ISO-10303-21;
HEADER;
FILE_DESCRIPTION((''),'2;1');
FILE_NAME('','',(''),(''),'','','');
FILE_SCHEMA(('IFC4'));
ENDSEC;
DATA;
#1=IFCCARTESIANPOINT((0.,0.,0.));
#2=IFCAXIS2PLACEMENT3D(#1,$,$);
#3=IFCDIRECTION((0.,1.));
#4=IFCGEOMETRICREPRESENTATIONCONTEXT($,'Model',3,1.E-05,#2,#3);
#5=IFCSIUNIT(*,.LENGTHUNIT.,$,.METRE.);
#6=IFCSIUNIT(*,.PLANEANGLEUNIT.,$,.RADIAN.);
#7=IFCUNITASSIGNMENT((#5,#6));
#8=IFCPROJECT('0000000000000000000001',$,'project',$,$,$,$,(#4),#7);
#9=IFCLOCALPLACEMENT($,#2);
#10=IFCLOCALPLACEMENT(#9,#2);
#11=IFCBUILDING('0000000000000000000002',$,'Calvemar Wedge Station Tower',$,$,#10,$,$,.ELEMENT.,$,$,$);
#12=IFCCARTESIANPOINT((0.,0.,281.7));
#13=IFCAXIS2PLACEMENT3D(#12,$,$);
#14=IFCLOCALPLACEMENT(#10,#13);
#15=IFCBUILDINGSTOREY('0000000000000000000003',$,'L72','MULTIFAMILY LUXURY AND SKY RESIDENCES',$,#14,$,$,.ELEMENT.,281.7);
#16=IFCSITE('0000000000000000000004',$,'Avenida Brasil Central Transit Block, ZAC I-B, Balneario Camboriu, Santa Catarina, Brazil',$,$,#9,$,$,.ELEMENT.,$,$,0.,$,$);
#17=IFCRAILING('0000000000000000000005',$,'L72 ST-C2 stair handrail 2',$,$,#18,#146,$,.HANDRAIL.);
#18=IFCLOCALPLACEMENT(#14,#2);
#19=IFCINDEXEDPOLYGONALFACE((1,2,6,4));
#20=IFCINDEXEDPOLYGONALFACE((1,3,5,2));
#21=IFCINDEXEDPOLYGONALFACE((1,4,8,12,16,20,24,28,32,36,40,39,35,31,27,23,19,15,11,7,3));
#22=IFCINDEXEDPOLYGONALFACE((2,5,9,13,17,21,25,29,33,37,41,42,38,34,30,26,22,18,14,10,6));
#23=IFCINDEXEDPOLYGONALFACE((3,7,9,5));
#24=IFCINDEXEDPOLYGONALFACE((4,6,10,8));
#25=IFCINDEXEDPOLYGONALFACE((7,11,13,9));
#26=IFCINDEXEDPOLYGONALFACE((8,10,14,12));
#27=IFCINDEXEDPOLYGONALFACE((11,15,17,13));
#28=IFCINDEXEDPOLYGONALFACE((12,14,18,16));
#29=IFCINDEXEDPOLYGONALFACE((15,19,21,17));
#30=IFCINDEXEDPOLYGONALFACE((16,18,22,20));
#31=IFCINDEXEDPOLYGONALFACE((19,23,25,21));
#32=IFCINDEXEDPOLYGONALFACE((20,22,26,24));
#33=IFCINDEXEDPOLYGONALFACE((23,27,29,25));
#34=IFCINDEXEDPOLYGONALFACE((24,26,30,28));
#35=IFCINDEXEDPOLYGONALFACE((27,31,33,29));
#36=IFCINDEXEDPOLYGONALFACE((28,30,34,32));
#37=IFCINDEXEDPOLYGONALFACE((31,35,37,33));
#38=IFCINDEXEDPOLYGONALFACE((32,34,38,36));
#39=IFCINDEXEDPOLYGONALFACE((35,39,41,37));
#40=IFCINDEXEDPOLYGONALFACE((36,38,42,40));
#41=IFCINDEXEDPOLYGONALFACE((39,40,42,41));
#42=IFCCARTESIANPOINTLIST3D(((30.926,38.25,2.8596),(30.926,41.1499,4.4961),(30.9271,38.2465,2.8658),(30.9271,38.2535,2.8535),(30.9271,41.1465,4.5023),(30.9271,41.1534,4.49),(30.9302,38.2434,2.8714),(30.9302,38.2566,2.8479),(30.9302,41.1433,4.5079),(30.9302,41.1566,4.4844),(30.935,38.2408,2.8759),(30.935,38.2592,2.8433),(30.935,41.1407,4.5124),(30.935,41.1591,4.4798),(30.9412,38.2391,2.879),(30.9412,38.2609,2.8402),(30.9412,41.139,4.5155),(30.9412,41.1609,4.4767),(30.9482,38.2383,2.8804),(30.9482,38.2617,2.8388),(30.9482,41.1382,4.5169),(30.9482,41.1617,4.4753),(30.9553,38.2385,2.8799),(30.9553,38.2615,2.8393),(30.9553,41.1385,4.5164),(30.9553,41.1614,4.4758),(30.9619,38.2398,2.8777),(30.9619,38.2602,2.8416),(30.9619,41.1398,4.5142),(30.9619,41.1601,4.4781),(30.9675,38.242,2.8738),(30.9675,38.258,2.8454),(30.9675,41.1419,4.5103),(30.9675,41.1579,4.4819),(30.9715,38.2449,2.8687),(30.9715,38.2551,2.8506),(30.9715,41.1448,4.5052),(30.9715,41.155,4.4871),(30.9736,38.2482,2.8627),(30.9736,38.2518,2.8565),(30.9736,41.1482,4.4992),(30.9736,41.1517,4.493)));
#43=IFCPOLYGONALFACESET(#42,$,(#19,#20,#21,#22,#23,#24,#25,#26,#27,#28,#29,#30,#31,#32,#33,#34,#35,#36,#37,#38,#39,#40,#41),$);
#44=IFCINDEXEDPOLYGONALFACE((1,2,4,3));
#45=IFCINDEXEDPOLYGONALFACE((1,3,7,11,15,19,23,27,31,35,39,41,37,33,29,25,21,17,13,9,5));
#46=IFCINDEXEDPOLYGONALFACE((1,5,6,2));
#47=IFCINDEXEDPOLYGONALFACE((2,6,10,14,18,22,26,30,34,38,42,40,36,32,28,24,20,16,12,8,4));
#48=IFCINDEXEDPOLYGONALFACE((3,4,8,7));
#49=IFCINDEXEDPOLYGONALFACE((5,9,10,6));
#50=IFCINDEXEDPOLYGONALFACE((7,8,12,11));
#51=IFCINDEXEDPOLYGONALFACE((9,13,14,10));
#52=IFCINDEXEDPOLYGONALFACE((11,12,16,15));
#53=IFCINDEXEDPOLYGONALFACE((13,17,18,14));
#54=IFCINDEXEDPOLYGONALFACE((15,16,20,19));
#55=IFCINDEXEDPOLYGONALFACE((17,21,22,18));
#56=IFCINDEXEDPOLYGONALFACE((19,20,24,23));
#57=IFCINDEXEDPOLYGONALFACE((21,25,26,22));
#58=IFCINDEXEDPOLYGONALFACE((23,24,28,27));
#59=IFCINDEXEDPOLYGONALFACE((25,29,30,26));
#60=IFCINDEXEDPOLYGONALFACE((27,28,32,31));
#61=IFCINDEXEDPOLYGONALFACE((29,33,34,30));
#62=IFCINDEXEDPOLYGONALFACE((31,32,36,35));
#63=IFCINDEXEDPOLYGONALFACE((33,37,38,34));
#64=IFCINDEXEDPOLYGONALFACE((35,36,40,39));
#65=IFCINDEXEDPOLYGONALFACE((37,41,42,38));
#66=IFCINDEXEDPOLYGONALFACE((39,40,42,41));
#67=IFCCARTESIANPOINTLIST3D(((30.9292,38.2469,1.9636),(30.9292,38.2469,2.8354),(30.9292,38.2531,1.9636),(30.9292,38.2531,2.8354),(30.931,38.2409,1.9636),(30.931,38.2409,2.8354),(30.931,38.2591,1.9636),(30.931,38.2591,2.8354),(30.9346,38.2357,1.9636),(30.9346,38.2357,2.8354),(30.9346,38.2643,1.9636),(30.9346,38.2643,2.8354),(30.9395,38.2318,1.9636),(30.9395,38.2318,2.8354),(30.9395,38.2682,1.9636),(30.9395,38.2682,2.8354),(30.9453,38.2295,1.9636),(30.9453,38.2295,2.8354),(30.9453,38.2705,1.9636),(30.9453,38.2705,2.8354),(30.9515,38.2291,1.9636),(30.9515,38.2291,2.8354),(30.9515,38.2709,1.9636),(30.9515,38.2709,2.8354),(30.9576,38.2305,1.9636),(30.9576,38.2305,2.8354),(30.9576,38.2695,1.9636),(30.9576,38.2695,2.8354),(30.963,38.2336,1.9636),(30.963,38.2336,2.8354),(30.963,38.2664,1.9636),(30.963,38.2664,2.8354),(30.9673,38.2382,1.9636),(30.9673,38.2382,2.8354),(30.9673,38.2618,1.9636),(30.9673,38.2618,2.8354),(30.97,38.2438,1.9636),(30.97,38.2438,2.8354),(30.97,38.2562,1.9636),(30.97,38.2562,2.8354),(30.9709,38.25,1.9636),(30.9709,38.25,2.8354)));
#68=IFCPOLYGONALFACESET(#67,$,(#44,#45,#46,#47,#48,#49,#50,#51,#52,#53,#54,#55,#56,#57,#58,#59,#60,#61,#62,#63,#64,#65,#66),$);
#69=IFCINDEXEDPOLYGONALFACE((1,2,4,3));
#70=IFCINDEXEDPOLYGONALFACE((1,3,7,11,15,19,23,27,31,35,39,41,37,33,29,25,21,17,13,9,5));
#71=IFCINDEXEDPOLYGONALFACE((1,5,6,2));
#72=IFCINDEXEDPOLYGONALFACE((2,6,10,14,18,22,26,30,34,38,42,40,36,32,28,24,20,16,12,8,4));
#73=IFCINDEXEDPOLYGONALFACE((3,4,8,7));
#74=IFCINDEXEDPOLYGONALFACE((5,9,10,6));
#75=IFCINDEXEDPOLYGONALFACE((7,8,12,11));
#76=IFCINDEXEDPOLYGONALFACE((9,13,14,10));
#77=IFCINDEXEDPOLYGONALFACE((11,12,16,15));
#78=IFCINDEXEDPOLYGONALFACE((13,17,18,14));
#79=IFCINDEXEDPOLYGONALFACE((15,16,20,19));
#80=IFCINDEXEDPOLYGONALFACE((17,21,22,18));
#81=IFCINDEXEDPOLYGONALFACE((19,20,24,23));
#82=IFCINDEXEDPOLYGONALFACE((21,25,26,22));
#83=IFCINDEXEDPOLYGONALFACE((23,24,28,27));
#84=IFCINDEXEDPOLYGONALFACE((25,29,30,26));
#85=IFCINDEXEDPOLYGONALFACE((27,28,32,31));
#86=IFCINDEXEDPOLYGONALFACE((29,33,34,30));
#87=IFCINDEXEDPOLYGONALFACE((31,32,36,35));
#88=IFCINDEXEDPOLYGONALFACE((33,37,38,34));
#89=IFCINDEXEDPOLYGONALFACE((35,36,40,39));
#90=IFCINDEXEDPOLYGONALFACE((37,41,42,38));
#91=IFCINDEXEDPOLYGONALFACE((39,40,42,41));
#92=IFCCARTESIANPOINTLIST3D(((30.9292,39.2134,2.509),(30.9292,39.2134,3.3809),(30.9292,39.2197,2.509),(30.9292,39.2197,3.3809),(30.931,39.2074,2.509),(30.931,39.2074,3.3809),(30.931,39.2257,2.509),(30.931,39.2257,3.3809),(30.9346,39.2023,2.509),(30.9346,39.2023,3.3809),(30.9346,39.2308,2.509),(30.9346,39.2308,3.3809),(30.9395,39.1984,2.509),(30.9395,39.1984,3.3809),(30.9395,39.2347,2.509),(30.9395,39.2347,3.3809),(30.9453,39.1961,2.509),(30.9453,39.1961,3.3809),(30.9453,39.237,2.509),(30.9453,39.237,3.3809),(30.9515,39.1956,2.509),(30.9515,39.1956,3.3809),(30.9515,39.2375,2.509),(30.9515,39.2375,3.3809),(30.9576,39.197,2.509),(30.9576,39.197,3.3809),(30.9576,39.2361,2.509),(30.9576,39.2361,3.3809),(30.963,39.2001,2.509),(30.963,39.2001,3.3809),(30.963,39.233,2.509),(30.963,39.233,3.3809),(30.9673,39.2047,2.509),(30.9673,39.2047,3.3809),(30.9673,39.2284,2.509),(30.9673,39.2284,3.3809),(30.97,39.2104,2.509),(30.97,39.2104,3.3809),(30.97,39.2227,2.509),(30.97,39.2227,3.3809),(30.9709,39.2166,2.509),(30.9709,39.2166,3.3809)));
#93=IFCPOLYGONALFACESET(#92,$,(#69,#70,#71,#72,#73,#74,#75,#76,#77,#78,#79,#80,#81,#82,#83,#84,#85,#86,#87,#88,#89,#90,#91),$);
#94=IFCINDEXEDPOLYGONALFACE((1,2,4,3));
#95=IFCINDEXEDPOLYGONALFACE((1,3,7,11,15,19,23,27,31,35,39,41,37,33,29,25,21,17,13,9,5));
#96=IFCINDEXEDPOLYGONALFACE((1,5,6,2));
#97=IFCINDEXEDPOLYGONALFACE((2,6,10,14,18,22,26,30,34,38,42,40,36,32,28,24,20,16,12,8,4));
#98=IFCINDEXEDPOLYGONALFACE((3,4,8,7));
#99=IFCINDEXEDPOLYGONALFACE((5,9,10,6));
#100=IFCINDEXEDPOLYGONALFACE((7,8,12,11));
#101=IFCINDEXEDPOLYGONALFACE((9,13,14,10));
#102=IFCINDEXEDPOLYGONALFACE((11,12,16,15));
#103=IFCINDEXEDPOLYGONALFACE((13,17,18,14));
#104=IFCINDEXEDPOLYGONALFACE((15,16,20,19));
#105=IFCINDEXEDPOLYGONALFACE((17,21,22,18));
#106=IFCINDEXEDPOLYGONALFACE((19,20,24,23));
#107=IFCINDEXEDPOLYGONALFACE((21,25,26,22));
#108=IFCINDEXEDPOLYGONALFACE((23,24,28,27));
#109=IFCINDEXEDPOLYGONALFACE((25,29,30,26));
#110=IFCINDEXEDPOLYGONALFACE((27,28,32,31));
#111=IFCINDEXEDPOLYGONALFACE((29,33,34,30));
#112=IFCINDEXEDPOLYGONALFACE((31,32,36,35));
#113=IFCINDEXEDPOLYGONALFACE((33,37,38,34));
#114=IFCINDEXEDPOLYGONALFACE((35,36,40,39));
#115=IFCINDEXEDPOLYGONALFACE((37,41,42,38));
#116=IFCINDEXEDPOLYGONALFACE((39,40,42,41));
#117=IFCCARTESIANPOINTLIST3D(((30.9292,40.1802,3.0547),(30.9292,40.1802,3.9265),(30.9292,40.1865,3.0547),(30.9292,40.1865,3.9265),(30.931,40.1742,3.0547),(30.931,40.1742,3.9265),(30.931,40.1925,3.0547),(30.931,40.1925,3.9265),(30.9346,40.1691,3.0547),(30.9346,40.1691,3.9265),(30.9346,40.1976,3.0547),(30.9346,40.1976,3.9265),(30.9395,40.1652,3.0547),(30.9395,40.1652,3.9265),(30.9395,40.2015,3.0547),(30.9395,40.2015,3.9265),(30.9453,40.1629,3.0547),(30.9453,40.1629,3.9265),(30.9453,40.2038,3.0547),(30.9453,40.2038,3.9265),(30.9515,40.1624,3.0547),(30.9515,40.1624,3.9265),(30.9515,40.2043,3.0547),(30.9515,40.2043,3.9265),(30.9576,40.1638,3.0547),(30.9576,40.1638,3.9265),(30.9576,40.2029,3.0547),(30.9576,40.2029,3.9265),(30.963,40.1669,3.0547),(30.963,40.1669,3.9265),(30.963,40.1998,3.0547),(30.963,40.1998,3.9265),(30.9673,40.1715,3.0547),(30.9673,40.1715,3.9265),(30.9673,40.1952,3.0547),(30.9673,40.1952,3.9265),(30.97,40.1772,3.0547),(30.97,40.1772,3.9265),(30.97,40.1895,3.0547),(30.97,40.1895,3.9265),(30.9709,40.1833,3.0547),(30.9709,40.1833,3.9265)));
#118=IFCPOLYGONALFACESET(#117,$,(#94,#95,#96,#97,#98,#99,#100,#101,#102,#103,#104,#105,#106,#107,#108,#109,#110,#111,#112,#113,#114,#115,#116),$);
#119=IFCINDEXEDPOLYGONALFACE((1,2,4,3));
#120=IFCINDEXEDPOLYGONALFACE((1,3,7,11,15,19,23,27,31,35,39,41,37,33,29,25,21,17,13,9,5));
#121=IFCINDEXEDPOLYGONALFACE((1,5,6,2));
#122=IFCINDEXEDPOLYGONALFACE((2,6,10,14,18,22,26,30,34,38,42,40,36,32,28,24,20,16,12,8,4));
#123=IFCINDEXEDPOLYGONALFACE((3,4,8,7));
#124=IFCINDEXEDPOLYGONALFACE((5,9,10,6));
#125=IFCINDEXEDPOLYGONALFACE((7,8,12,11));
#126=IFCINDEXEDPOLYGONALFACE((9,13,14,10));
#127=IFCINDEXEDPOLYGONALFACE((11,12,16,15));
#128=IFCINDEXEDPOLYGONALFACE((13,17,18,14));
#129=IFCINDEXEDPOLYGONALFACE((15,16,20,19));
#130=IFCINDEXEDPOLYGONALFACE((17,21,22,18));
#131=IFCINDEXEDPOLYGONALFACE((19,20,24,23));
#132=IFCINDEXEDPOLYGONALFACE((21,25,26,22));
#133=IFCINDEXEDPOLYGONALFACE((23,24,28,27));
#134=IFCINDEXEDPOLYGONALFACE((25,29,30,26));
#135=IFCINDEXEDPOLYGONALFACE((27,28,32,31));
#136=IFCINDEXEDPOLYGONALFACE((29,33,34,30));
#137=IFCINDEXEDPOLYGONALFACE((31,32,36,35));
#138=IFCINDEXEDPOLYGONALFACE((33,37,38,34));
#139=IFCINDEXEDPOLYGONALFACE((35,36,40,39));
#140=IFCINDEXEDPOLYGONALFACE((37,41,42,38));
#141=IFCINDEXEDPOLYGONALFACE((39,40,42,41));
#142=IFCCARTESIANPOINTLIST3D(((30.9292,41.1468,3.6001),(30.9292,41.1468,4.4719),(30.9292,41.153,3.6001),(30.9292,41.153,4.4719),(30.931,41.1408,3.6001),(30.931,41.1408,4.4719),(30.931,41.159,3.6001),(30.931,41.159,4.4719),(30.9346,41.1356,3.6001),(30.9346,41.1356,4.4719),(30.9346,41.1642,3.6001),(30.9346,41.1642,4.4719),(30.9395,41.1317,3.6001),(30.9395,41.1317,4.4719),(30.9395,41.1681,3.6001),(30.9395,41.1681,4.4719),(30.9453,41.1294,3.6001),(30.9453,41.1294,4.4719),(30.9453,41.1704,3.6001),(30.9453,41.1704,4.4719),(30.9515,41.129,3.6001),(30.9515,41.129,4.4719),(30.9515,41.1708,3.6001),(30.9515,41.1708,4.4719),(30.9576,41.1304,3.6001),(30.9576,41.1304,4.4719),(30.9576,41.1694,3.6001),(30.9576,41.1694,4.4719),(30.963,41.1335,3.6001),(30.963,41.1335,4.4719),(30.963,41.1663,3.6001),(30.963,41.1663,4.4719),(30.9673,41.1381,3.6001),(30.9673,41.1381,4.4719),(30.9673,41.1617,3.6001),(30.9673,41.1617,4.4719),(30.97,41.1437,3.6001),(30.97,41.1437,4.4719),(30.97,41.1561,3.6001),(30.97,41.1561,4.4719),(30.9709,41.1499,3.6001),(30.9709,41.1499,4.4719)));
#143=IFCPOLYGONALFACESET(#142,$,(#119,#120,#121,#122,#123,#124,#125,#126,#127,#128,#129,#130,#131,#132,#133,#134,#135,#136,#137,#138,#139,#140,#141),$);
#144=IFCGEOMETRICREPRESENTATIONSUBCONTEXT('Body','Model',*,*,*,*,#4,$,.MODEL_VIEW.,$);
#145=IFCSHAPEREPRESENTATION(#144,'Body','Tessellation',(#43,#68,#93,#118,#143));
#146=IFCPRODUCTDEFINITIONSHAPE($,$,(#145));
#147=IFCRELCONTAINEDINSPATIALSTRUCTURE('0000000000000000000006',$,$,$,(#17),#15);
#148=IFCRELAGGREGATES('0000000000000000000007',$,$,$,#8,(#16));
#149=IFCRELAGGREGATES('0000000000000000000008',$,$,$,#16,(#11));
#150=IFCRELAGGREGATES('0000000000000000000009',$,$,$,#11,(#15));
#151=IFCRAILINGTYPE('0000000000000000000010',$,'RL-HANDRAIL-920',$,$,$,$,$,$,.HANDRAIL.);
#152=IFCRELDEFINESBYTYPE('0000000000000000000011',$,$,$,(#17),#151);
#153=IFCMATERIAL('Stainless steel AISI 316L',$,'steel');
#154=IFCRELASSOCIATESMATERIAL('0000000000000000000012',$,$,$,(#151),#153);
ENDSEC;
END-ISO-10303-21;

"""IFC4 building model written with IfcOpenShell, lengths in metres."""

from ifc_helpers import new_model, si_unit, direction, frame, origin, origin_2d, place, context, subcontext, project, spatial, circle, extrude, material, type_object, element, save


model = new_model("IFC4")

# Units and contexts
model_context = context("Model", 3, precision=1e-05, world=origin(), true_north=direction((0.0, 1.0)))
body_context = subcontext(model_context, "Body", "Model", "MODEL_VIEW")
ifc_project = project(units=[si_unit("LENGTHUNIT", "METRE"), si_unit("PLANEANGLEUNIT", "RADIAN")], contexts=[model_context])

# Site, building, storey
site_placement = place(None, origin())
site = spatial("IfcSite", under=ifc_project, at=site_placement, Name="Avenida Brasil Central Transit Block, ZAC I-B, Balneario Camboriu, Santa Catarina, Brazil", CompositionType="ELEMENT", RefElevation=0.0)
building_placement = place(site_placement, origin())
building = spatial("IfcBuilding", under=site, at=building_placement, Name="Calvemar Wedge Station Tower", CompositionType="ELEMENT")
storey_placement = place(building_placement, frame((0.0, 0.0, 281.7)))
storey = spatial("IfcBuildingStorey", under=building, at=storey_placement, Name="L72", Description="MULTIFAMILY LUXURY AND SKY RESIDENCES", CompositionType="ELEMENT", Elevation=281.7)

# Railing
ifc_material_1 = material(Name="Stainless steel AISI 316L", Category="steel")
railing_type_1 = type_object("IfcRailingType", Name="RL-HANDRAIL-920", PredefinedType="HANDRAIL", material=ifc_material_1)
railing_1_placement = place(storey_placement, frame((30.95, 38.25, 1.9636)))
element("IfcRailing", 1, at=railing_1_placement, inside=storey, type_object=railing_type_1, Name="L72 ST-C2 stair handrail 2", PredefinedType="HANDRAIL", context=body_context, shape_type="SweptSolid", body=[
    extrude(circle(Radius=0.0239, at=origin_2d()), frame((0.0, 0.0, 0.896), z_axis=(0.0, 0.870897, 0.491465), x_axis=(-1.0, 0.0, 0.0)), (0.0, 0.0, 1.0), 3.3298),
    extrude(circle(Radius=0.021, at=origin_2d()), origin(), (0.0, 0.0, 1.0), 0.8718),
    extrude(circle(Radius=0.021, at=origin_2d()), frame((0.0, 0.9666, 0.5454)), (0.0, 0.0, 1.0), 0.8718),
    extrude(circle(Radius=0.021, at=origin_2d()), frame((0.0, 1.9333, 1.0911)), (0.0, 0.0, 1.0), 0.8718),
    extrude(circle(Radius=0.021, at=origin_2d()), frame((0.0, 2.8999, 1.6365)), (0.0, 0.0, 1.0), 0.8718),
])

save(model, "model.ifc")
